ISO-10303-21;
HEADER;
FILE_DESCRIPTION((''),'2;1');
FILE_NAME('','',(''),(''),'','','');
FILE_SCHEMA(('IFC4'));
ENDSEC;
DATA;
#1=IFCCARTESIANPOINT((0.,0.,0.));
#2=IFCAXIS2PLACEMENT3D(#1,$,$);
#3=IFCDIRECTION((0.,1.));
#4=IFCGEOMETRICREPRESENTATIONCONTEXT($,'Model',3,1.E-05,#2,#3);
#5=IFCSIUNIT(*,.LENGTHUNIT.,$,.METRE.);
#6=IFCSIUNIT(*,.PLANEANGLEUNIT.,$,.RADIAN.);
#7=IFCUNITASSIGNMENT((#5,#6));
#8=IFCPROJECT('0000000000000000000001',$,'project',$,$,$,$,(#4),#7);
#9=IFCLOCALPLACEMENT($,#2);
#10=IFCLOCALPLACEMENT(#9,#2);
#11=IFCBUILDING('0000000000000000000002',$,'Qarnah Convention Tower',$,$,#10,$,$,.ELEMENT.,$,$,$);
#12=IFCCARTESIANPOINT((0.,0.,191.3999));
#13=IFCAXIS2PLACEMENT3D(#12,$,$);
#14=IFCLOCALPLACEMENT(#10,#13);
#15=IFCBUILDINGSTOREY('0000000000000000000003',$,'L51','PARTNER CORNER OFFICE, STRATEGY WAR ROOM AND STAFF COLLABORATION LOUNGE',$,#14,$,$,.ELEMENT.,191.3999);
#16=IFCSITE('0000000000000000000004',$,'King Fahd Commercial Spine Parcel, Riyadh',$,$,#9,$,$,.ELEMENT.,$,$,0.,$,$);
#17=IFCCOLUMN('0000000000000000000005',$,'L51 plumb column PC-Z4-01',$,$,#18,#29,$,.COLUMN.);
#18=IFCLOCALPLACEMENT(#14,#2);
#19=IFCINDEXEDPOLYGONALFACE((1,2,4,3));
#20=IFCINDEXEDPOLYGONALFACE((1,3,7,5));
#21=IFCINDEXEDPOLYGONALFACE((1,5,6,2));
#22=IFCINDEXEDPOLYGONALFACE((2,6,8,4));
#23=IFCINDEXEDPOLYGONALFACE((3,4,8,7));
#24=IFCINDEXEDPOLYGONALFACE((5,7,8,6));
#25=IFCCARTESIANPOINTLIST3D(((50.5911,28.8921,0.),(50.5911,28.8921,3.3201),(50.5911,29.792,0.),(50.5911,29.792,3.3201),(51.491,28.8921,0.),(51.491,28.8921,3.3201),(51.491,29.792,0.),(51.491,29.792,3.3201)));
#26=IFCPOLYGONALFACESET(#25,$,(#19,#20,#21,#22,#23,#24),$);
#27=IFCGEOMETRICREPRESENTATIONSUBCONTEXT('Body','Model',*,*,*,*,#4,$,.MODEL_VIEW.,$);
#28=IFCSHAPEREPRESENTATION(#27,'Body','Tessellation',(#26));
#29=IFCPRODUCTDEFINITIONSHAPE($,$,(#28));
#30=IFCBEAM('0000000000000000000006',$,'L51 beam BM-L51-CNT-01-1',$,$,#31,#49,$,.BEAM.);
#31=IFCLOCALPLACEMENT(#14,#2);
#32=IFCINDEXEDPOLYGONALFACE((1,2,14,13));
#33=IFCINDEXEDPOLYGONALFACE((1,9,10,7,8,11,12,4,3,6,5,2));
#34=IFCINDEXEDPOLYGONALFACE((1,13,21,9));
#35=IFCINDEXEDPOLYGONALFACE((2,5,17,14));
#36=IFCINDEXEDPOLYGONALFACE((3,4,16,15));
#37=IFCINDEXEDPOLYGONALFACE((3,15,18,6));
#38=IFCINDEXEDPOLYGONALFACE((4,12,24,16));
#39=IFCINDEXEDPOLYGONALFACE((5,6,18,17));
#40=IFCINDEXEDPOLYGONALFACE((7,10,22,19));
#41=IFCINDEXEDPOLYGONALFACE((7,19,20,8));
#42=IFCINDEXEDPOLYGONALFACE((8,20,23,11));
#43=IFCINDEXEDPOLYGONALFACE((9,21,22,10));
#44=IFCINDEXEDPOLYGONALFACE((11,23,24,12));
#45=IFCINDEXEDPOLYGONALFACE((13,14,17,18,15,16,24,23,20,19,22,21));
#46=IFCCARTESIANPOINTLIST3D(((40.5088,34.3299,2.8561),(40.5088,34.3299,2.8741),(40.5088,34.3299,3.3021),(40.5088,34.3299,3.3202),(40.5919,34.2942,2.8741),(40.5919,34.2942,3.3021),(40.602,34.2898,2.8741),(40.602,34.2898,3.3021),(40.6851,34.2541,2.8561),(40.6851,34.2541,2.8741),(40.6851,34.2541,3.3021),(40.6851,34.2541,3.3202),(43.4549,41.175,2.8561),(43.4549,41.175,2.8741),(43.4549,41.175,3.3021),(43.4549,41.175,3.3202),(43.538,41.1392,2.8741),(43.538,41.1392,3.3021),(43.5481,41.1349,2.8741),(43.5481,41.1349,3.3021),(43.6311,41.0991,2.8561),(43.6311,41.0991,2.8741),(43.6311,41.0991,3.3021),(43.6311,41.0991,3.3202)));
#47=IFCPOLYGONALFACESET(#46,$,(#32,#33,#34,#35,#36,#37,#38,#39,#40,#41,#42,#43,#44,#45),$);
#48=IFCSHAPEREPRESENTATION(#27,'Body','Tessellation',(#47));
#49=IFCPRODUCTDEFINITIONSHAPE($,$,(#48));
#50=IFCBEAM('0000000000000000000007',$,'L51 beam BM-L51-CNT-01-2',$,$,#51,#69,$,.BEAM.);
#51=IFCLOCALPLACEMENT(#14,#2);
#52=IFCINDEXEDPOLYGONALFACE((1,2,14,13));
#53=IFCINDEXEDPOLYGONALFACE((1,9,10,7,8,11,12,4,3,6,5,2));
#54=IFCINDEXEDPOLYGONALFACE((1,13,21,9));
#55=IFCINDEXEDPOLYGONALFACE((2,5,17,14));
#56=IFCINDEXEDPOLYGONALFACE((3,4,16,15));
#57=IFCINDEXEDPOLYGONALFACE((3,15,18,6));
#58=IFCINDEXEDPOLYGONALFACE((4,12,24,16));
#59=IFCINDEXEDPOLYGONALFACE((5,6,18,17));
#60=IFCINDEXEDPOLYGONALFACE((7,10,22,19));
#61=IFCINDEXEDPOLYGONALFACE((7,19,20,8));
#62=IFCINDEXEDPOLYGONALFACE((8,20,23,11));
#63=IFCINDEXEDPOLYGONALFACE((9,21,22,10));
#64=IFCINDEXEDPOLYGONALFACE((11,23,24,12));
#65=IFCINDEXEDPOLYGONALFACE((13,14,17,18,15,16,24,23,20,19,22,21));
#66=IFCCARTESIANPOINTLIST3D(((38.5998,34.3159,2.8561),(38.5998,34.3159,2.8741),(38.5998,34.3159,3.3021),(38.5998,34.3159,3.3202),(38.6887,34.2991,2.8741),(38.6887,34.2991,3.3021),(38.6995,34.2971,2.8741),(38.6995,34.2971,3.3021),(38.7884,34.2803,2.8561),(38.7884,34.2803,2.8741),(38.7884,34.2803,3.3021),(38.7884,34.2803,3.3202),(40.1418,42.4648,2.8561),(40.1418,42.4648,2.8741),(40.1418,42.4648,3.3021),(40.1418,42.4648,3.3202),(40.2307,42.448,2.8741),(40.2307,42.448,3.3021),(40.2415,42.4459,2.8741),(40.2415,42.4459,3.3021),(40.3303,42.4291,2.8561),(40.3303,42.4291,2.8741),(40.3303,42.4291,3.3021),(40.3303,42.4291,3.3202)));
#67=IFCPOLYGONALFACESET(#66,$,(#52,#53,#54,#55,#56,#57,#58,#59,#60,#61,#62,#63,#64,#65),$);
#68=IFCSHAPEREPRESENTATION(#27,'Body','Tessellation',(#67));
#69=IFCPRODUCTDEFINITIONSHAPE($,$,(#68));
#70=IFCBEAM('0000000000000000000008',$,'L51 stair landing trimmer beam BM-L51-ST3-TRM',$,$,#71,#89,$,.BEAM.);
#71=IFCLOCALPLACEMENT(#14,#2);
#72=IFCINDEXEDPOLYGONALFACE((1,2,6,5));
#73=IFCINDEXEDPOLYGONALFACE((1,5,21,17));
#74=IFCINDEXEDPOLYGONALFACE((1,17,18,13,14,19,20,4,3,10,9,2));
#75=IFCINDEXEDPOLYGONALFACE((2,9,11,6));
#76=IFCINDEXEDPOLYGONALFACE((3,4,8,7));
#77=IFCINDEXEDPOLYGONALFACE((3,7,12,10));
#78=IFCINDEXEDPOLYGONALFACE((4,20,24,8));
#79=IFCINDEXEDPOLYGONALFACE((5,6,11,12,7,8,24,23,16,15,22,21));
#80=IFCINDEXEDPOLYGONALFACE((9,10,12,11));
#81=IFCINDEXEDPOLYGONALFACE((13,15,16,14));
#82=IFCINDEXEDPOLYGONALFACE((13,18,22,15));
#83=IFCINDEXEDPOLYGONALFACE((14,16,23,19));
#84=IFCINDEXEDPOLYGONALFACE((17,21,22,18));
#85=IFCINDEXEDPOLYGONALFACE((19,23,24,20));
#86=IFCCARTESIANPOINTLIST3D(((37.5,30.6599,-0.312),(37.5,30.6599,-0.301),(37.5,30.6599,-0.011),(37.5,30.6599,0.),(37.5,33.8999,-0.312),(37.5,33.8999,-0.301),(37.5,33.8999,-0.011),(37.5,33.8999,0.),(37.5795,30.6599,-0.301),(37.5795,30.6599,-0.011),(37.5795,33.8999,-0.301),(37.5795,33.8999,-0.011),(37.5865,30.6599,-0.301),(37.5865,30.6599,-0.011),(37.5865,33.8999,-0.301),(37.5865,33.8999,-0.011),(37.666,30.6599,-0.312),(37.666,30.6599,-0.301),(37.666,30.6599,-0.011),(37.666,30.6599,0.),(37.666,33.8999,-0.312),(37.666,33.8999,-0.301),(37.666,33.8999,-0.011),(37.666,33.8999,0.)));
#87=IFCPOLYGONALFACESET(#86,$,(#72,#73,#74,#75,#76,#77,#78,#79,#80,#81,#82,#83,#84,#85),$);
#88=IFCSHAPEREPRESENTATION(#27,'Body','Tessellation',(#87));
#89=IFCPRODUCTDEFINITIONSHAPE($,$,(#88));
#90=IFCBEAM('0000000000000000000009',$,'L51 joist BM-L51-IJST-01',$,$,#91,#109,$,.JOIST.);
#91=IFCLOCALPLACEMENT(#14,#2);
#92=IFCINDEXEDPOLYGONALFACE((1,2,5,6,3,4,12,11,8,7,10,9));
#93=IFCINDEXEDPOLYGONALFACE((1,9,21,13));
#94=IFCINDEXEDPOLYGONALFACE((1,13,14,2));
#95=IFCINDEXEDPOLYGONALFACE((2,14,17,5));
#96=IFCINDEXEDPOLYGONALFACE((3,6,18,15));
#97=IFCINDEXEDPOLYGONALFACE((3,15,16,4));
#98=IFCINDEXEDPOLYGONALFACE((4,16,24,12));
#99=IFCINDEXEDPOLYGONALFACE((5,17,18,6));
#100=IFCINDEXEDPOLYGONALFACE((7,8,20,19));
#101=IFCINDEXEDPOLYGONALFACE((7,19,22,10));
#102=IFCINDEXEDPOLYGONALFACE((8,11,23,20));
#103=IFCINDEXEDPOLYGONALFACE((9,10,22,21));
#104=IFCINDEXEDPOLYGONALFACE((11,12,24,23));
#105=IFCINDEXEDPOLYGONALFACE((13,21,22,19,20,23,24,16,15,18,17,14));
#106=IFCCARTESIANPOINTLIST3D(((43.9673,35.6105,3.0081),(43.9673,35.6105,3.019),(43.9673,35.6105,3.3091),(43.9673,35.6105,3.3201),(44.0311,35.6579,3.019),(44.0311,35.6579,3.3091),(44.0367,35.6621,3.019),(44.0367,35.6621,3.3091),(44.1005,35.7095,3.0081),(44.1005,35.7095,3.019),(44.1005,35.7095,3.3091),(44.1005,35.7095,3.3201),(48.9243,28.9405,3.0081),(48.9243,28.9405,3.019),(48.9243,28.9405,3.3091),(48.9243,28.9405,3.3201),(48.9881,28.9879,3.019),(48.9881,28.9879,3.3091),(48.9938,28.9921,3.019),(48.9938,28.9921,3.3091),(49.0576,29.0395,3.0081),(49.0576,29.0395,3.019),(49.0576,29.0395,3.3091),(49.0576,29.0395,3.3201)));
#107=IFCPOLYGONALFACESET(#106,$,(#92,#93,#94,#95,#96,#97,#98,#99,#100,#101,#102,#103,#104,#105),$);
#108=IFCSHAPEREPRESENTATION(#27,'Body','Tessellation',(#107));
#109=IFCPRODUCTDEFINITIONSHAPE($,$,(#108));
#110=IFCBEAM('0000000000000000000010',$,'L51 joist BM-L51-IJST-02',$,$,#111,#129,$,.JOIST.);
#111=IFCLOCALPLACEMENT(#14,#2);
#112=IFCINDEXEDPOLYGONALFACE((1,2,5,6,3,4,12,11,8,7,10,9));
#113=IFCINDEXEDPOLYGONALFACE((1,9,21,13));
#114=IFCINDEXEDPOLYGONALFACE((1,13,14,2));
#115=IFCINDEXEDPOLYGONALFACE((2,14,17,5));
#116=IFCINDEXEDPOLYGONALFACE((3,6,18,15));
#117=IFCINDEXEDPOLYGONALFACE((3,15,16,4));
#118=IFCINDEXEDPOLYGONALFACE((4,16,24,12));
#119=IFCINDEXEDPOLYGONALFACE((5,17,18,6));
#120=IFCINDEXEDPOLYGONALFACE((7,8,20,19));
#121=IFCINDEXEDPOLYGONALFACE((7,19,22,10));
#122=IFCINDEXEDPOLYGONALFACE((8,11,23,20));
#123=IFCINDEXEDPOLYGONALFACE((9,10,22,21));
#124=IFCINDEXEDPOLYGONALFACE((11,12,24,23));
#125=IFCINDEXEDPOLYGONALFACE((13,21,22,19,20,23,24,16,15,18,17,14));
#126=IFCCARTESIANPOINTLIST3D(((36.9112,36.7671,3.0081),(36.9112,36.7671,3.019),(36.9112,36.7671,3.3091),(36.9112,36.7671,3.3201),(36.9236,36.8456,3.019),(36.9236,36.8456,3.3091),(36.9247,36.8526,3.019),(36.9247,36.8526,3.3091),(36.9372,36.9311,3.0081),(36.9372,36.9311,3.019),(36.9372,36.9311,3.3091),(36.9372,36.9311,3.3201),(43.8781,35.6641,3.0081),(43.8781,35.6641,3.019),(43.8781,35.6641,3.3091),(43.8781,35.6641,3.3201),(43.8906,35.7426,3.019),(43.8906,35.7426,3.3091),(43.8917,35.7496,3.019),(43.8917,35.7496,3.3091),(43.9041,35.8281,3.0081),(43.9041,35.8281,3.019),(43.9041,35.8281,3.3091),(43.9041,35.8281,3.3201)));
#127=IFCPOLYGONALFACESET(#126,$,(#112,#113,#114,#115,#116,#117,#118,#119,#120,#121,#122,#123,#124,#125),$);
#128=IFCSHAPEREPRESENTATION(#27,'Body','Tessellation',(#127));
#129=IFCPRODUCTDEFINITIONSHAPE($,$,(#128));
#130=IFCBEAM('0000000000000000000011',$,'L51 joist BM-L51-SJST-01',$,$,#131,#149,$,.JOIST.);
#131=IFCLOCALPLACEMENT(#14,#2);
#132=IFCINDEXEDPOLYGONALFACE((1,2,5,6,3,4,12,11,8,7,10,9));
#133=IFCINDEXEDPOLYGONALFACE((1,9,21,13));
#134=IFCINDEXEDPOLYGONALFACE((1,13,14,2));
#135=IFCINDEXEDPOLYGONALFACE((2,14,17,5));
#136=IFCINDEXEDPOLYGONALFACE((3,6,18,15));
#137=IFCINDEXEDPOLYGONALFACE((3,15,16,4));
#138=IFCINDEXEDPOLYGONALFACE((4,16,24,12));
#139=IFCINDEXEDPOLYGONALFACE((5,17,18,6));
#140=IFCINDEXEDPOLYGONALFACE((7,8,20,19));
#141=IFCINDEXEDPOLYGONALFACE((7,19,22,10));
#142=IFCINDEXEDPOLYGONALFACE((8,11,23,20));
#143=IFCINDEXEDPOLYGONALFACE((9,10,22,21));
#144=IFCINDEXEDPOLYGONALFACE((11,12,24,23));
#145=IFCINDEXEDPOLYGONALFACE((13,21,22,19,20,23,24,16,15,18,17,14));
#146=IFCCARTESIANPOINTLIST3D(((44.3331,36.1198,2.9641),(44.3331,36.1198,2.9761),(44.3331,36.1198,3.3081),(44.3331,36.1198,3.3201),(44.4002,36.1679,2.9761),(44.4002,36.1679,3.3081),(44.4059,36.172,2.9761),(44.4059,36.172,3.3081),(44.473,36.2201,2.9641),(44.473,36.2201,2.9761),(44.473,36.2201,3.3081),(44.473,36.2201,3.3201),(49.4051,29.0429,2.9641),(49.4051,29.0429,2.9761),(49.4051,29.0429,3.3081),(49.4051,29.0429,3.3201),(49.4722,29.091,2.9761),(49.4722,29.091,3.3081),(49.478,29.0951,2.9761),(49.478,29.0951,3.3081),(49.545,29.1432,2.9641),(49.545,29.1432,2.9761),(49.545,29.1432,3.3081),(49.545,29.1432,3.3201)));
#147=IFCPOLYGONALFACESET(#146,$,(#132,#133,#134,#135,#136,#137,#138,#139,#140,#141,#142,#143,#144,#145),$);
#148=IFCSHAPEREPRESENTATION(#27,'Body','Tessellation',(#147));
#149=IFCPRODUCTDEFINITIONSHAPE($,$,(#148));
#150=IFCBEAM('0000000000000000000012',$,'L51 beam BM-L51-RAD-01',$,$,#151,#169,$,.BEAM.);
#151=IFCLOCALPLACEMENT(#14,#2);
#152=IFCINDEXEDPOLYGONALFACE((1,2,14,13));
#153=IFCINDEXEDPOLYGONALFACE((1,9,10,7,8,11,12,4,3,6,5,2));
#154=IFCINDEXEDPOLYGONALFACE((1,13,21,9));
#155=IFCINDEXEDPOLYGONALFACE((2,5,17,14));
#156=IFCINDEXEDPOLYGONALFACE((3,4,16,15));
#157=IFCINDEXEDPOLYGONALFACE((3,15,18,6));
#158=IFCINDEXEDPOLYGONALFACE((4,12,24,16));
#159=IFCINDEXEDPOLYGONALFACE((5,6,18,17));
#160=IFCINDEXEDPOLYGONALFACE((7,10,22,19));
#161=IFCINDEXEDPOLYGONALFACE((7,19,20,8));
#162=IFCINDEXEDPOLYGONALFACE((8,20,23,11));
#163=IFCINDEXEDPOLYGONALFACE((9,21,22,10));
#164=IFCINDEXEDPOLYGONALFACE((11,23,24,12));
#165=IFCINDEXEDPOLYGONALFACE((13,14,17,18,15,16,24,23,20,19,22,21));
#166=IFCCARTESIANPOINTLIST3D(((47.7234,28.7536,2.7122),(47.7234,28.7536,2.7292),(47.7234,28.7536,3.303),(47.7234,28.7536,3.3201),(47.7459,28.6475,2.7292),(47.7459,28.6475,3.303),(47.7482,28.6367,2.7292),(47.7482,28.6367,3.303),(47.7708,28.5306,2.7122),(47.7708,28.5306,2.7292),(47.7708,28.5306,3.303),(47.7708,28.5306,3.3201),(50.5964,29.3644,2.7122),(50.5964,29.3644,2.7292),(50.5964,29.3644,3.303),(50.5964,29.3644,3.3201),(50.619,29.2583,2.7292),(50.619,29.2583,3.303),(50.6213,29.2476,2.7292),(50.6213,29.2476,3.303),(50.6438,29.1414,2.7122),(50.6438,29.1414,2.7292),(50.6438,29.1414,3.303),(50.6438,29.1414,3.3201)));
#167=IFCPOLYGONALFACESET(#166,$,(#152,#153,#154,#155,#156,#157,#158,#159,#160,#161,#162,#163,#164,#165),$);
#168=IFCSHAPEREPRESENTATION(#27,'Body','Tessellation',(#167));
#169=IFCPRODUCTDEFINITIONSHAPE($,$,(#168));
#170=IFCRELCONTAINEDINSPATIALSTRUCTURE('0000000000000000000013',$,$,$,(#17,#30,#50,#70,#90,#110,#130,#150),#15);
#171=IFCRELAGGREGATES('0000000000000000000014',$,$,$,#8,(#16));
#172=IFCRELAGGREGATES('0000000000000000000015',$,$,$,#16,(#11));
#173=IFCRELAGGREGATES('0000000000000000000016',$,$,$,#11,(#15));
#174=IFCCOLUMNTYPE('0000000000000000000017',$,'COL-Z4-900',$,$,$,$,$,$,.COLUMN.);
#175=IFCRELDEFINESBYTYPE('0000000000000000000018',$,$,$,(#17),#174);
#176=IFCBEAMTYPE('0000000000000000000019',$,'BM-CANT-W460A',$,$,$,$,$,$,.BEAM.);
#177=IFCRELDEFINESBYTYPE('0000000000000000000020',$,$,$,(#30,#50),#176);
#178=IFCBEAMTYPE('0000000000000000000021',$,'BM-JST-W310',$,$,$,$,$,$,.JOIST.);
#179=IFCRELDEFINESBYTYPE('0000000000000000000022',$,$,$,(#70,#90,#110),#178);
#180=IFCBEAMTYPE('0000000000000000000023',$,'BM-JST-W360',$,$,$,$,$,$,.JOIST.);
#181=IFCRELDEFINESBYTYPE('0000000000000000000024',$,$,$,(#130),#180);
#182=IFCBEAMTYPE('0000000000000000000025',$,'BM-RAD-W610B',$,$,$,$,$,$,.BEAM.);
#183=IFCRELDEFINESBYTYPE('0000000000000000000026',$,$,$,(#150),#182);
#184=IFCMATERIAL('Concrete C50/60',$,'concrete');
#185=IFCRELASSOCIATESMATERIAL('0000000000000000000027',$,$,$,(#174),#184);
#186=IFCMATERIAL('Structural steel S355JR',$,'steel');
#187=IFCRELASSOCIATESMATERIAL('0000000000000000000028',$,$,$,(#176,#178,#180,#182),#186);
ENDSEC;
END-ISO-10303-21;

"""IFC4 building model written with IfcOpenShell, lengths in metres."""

from ifc_helpers import new_model, si_unit, direction, frame, origin, origin_2d, place, context, subcontext, project, spatial, rectangle, i_section, extrude, material, material_profile, profile_set, type_object, element, save


model = new_model("IFC4")

# Units and contexts
model_context = context("Model", 3, precision=1e-05, world=origin(), true_north=direction((0.0, 1.0)))
body_context = subcontext(model_context, "Body", "Model", "MODEL_VIEW")
ifc_project = project(units=[si_unit("LENGTHUNIT", "METRE"), si_unit("PLANEANGLEUNIT", "RADIAN")], contexts=[model_context])

# Site, building, storey
site_placement = place(None, origin())
site = spatial("IfcSite", under=ifc_project, at=site_placement, Name="King Fahd Commercial Spine Parcel, Riyadh", CompositionType="ELEMENT", RefElevation=0.0)
building_placement = place(site_placement, origin())
building = spatial("IfcBuilding", under=site, at=building_placement, Name="Qarnah Convention Tower", CompositionType="ELEMENT")
storey_placement = place(building_placement, frame((0.0, 0.0, 191.3999)))
storey = spatial("IfcBuildingStorey", under=building, at=storey_placement, Name="L51", Description="PARTNER CORNER OFFICE, STRATEGY WAR ROOM AND STAFF COLLABORATION LOUNGE", CompositionType="ELEMENT", Elevation=191.3999)

# Column
ifc_material_1 = material(Name="Concrete C50/60", Category="concrete")
ifc_material_profile_1 = material_profile(ifc_material_1, rectangle(XDim=0.8999, YDim=0.8999, at=origin_2d()), Name="RC-COL-900X900")
ifc_profile_set_1 = profile_set([ifc_material_profile_1], Name="Concrete C50/60")
column_type = type_object("IfcColumnType", Name="COL-Z4-900", PredefinedType="COLUMN", material=ifc_profile_set_1)
column_placement = place(storey_placement, frame((51.041, 29.342, 0.0), z_axis=(0.0, 0.0, 1.0), x_axis=(1.0, 0.0, 0.0)))
element("IfcColumn", 1, at=column_placement, inside=storey, type_object=column_type, Name="L51 plumb column PC-Z4-01", PredefinedType="COLUMN", context=body_context, shape_type="SweptSolid", body=[
    extrude(rectangle(XDim=0.8999, YDim=0.8999, at=origin_2d()), origin(), (0.0, 0.0, 1.0), 3.3201),
])

# Beams
ifc_material_2 = material(Name="Structural steel S355JR", Category="steel")
ifc_material_profile_2 = material_profile(ifc_material_2, i_section(OverallWidth=0.1919, OverallDepth=0.4641, WebThickness=0.011, FlangeThickness=0.0181, at=origin_2d()), Name="W460X89")
ifc_profile_set_2 = profile_set([ifc_material_profile_2], Name="Structural steel S355JR")
beam_type_1 = type_object("IfcBeamType", Name="BM-CANT-W460A", PredefinedType="BEAM", material=ifc_profile_set_2)
beam_1_placement = place(storey_placement, frame((40.5969, 34.292, 3.0881), z_axis=(0.395334, 0.918537, 0.0), x_axis=(-0.918537, 0.395334, 0.0)))
element("IfcBeam", 2, at=beam_1_placement, inside=storey, type_object=beam_type_1, Name="L51 beam BM-L51-CNT-01-1", PredefinedType="BEAM", context=body_context, shape_type="SweptSolid", body=[
    extrude(i_section(OverallWidth=0.1919, OverallDepth=0.4641, WebThickness=0.011, FlangeThickness=0.0181, at=origin_2d()), origin(), (0.0, 0.0, 1.0), 7.4521),
])
beam_2_placement = place(storey_placement, frame((38.6941, 34.2981, 3.0881), z_axis=(0.185927, 0.982564, 0.0), x_axis=(-0.982564, 0.185927, 0.0)))
element("IfcBeam", 3, at=beam_2_placement, inside=storey, type_object=beam_type_1, Name="L51 beam BM-L51-CNT-01-2", PredefinedType="BEAM", context=body_context, shape_type="SweptSolid", body=[
    extrude(i_section(OverallWidth=0.1919, OverallDepth=0.4641, WebThickness=0.011, FlangeThickness=0.0181, at=origin_2d()), origin(), (0.0, 0.0, 1.0), 8.2935),
])
ifc_material_profile_3 = material_profile(ifc_material_2, i_section(OverallWidth=0.166, OverallDepth=0.312, WebThickness=0.0071, FlangeThickness=0.011, at=origin_2d()), Name="W310X45")
ifc_profile_set_3 = profile_set([ifc_material_profile_3], Name="Structural steel S355JR")
beam_type_2 = type_object("IfcBeamType", Name="BM-JST-W310", PredefinedType="JOIST", material=ifc_profile_set_3)
beam_3_placement = place(storey_placement, frame((37.583, 30.6599, -0.156), z_axis=(0.0, 1.0, 0.0), x_axis=(-1.0, 0.0, 0.0)))
element("IfcBeam", 4, at=beam_3_placement, inside=storey, type_object=beam_type_2, Name="L51 stair landing trimmer beam BM-L51-ST3-TRM", PredefinedType="BEAM", context=body_context, shape_type="SweptSolid", body=[
    extrude(i_section(OverallWidth=0.166, OverallDepth=0.312, WebThickness=0.0071, FlangeThickness=0.011, at=origin_2d()), origin(), (0.0, 0.0, 1.0), 3.24),
])
beam_4_placement = place(storey_placement, frame((48.991, 28.99, 3.1641), z_axis=(-0.596497, 0.802615, 0.0), x_axis=(-0.802615, -0.596497, 0.0)))
element("IfcBeam", 5, at=beam_4_placement, inside=storey, type_object=beam_type_2, Name="L51 joist BM-L51-IJST-01", PredefinedType="JOIST", context=body_context, shape_type="SweptSolid", body=[
    extrude(i_section(OverallWidth=0.166, OverallDepth=0.312, WebThickness=0.0071, FlangeThickness=0.011, at=origin_2d()), origin(), (0.0, 0.0, 1.0), 8.3103),
])
beam_5_placement = place(storey_placement, frame((43.8911, 35.7461, 3.1641), z_axis=(-0.987698, 0.156373, 0.0), x_axis=(-0.156373, -0.987698, 0.0)))
element("IfcBeam", 6, at=beam_5_placement, inside=storey, type_object=beam_type_2, Name="L51 joist BM-L51-IJST-02", PredefinedType="JOIST", context=body_context, shape_type="SweptSolid", body=[
    extrude(i_section(OverallWidth=0.166, OverallDepth=0.312, WebThickness=0.0071, FlangeThickness=0.011, at=origin_2d()), origin(), (0.0, 0.0, 1.0), 7.0537),
])
ifc_material_profile_4 = material_profile(ifc_material_2, i_section(OverallWidth=0.1721, OverallDepth=0.356, WebThickness=0.0071, FlangeThickness=0.012, at=origin_2d()), Name="W360X51")
ifc_profile_set_4 = profile_set([ifc_material_profile_4], Name="Structural steel S355JR")
beam_type_3 = type_object("IfcBeamType", Name="BM-JST-W360", PredefinedType="JOIST", material=ifc_profile_set_4)
beam_6_placement = place(storey_placement, frame((49.4751, 29.093, 3.1421), z_axis=(-0.582537, 0.812804, 0.0), x_axis=(-0.812804, -0.582537, 0.0)))
element("IfcBeam", 7, at=beam_6_placement, inside=storey, type_object=beam_type_3, Name="L51 joist BM-L51-SJST-01", PredefinedType="JOIST", context=body_context, shape_type="SweptSolid", body=[
    extrude(i_section(OverallWidth=0.1721, OverallDepth=0.356, WebThickness=0.0071, FlangeThickness=0.012, at=origin_2d()), origin(), (0.0, 0.0, 1.0), 8.7068),
])
ifc_material_profile_5 = material_profile(ifc_material_2, i_section(OverallWidth=0.228, OverallDepth=0.6079, WebThickness=0.011, FlangeThickness=0.0171, at=origin_2d()), Name="W610X113")
ifc_profile_set_5 = profile_set([ifc_material_profile_5], Name="Structural steel S355JR")
beam_type_4 = type_object("IfcBeamType", Name="BM-RAD-W610B", PredefinedType="BEAM", material=ifc_profile_set_5)
beam_7_placement = place(storey_placement, frame((47.7471, 28.6421, 3.0161), z_axis=(0.978137, 0.207962, 0.0), x_axis=(-0.207962, 0.978137, 0.0)))
element("IfcBeam", 8, at=beam_7_placement, inside=storey, type_object=beam_type_4, Name="L51 beam BM-L51-RAD-01", PredefinedType="BEAM", context=body_context, shape_type="SweptSolid", body=[
    extrude(i_section(OverallWidth=0.228, OverallDepth=0.6079, WebThickness=0.011, FlangeThickness=0.0171, at=origin_2d()), origin(), (0.0, 0.0, 1.0), 2.9373),
])

save(model, "model.ifc")
